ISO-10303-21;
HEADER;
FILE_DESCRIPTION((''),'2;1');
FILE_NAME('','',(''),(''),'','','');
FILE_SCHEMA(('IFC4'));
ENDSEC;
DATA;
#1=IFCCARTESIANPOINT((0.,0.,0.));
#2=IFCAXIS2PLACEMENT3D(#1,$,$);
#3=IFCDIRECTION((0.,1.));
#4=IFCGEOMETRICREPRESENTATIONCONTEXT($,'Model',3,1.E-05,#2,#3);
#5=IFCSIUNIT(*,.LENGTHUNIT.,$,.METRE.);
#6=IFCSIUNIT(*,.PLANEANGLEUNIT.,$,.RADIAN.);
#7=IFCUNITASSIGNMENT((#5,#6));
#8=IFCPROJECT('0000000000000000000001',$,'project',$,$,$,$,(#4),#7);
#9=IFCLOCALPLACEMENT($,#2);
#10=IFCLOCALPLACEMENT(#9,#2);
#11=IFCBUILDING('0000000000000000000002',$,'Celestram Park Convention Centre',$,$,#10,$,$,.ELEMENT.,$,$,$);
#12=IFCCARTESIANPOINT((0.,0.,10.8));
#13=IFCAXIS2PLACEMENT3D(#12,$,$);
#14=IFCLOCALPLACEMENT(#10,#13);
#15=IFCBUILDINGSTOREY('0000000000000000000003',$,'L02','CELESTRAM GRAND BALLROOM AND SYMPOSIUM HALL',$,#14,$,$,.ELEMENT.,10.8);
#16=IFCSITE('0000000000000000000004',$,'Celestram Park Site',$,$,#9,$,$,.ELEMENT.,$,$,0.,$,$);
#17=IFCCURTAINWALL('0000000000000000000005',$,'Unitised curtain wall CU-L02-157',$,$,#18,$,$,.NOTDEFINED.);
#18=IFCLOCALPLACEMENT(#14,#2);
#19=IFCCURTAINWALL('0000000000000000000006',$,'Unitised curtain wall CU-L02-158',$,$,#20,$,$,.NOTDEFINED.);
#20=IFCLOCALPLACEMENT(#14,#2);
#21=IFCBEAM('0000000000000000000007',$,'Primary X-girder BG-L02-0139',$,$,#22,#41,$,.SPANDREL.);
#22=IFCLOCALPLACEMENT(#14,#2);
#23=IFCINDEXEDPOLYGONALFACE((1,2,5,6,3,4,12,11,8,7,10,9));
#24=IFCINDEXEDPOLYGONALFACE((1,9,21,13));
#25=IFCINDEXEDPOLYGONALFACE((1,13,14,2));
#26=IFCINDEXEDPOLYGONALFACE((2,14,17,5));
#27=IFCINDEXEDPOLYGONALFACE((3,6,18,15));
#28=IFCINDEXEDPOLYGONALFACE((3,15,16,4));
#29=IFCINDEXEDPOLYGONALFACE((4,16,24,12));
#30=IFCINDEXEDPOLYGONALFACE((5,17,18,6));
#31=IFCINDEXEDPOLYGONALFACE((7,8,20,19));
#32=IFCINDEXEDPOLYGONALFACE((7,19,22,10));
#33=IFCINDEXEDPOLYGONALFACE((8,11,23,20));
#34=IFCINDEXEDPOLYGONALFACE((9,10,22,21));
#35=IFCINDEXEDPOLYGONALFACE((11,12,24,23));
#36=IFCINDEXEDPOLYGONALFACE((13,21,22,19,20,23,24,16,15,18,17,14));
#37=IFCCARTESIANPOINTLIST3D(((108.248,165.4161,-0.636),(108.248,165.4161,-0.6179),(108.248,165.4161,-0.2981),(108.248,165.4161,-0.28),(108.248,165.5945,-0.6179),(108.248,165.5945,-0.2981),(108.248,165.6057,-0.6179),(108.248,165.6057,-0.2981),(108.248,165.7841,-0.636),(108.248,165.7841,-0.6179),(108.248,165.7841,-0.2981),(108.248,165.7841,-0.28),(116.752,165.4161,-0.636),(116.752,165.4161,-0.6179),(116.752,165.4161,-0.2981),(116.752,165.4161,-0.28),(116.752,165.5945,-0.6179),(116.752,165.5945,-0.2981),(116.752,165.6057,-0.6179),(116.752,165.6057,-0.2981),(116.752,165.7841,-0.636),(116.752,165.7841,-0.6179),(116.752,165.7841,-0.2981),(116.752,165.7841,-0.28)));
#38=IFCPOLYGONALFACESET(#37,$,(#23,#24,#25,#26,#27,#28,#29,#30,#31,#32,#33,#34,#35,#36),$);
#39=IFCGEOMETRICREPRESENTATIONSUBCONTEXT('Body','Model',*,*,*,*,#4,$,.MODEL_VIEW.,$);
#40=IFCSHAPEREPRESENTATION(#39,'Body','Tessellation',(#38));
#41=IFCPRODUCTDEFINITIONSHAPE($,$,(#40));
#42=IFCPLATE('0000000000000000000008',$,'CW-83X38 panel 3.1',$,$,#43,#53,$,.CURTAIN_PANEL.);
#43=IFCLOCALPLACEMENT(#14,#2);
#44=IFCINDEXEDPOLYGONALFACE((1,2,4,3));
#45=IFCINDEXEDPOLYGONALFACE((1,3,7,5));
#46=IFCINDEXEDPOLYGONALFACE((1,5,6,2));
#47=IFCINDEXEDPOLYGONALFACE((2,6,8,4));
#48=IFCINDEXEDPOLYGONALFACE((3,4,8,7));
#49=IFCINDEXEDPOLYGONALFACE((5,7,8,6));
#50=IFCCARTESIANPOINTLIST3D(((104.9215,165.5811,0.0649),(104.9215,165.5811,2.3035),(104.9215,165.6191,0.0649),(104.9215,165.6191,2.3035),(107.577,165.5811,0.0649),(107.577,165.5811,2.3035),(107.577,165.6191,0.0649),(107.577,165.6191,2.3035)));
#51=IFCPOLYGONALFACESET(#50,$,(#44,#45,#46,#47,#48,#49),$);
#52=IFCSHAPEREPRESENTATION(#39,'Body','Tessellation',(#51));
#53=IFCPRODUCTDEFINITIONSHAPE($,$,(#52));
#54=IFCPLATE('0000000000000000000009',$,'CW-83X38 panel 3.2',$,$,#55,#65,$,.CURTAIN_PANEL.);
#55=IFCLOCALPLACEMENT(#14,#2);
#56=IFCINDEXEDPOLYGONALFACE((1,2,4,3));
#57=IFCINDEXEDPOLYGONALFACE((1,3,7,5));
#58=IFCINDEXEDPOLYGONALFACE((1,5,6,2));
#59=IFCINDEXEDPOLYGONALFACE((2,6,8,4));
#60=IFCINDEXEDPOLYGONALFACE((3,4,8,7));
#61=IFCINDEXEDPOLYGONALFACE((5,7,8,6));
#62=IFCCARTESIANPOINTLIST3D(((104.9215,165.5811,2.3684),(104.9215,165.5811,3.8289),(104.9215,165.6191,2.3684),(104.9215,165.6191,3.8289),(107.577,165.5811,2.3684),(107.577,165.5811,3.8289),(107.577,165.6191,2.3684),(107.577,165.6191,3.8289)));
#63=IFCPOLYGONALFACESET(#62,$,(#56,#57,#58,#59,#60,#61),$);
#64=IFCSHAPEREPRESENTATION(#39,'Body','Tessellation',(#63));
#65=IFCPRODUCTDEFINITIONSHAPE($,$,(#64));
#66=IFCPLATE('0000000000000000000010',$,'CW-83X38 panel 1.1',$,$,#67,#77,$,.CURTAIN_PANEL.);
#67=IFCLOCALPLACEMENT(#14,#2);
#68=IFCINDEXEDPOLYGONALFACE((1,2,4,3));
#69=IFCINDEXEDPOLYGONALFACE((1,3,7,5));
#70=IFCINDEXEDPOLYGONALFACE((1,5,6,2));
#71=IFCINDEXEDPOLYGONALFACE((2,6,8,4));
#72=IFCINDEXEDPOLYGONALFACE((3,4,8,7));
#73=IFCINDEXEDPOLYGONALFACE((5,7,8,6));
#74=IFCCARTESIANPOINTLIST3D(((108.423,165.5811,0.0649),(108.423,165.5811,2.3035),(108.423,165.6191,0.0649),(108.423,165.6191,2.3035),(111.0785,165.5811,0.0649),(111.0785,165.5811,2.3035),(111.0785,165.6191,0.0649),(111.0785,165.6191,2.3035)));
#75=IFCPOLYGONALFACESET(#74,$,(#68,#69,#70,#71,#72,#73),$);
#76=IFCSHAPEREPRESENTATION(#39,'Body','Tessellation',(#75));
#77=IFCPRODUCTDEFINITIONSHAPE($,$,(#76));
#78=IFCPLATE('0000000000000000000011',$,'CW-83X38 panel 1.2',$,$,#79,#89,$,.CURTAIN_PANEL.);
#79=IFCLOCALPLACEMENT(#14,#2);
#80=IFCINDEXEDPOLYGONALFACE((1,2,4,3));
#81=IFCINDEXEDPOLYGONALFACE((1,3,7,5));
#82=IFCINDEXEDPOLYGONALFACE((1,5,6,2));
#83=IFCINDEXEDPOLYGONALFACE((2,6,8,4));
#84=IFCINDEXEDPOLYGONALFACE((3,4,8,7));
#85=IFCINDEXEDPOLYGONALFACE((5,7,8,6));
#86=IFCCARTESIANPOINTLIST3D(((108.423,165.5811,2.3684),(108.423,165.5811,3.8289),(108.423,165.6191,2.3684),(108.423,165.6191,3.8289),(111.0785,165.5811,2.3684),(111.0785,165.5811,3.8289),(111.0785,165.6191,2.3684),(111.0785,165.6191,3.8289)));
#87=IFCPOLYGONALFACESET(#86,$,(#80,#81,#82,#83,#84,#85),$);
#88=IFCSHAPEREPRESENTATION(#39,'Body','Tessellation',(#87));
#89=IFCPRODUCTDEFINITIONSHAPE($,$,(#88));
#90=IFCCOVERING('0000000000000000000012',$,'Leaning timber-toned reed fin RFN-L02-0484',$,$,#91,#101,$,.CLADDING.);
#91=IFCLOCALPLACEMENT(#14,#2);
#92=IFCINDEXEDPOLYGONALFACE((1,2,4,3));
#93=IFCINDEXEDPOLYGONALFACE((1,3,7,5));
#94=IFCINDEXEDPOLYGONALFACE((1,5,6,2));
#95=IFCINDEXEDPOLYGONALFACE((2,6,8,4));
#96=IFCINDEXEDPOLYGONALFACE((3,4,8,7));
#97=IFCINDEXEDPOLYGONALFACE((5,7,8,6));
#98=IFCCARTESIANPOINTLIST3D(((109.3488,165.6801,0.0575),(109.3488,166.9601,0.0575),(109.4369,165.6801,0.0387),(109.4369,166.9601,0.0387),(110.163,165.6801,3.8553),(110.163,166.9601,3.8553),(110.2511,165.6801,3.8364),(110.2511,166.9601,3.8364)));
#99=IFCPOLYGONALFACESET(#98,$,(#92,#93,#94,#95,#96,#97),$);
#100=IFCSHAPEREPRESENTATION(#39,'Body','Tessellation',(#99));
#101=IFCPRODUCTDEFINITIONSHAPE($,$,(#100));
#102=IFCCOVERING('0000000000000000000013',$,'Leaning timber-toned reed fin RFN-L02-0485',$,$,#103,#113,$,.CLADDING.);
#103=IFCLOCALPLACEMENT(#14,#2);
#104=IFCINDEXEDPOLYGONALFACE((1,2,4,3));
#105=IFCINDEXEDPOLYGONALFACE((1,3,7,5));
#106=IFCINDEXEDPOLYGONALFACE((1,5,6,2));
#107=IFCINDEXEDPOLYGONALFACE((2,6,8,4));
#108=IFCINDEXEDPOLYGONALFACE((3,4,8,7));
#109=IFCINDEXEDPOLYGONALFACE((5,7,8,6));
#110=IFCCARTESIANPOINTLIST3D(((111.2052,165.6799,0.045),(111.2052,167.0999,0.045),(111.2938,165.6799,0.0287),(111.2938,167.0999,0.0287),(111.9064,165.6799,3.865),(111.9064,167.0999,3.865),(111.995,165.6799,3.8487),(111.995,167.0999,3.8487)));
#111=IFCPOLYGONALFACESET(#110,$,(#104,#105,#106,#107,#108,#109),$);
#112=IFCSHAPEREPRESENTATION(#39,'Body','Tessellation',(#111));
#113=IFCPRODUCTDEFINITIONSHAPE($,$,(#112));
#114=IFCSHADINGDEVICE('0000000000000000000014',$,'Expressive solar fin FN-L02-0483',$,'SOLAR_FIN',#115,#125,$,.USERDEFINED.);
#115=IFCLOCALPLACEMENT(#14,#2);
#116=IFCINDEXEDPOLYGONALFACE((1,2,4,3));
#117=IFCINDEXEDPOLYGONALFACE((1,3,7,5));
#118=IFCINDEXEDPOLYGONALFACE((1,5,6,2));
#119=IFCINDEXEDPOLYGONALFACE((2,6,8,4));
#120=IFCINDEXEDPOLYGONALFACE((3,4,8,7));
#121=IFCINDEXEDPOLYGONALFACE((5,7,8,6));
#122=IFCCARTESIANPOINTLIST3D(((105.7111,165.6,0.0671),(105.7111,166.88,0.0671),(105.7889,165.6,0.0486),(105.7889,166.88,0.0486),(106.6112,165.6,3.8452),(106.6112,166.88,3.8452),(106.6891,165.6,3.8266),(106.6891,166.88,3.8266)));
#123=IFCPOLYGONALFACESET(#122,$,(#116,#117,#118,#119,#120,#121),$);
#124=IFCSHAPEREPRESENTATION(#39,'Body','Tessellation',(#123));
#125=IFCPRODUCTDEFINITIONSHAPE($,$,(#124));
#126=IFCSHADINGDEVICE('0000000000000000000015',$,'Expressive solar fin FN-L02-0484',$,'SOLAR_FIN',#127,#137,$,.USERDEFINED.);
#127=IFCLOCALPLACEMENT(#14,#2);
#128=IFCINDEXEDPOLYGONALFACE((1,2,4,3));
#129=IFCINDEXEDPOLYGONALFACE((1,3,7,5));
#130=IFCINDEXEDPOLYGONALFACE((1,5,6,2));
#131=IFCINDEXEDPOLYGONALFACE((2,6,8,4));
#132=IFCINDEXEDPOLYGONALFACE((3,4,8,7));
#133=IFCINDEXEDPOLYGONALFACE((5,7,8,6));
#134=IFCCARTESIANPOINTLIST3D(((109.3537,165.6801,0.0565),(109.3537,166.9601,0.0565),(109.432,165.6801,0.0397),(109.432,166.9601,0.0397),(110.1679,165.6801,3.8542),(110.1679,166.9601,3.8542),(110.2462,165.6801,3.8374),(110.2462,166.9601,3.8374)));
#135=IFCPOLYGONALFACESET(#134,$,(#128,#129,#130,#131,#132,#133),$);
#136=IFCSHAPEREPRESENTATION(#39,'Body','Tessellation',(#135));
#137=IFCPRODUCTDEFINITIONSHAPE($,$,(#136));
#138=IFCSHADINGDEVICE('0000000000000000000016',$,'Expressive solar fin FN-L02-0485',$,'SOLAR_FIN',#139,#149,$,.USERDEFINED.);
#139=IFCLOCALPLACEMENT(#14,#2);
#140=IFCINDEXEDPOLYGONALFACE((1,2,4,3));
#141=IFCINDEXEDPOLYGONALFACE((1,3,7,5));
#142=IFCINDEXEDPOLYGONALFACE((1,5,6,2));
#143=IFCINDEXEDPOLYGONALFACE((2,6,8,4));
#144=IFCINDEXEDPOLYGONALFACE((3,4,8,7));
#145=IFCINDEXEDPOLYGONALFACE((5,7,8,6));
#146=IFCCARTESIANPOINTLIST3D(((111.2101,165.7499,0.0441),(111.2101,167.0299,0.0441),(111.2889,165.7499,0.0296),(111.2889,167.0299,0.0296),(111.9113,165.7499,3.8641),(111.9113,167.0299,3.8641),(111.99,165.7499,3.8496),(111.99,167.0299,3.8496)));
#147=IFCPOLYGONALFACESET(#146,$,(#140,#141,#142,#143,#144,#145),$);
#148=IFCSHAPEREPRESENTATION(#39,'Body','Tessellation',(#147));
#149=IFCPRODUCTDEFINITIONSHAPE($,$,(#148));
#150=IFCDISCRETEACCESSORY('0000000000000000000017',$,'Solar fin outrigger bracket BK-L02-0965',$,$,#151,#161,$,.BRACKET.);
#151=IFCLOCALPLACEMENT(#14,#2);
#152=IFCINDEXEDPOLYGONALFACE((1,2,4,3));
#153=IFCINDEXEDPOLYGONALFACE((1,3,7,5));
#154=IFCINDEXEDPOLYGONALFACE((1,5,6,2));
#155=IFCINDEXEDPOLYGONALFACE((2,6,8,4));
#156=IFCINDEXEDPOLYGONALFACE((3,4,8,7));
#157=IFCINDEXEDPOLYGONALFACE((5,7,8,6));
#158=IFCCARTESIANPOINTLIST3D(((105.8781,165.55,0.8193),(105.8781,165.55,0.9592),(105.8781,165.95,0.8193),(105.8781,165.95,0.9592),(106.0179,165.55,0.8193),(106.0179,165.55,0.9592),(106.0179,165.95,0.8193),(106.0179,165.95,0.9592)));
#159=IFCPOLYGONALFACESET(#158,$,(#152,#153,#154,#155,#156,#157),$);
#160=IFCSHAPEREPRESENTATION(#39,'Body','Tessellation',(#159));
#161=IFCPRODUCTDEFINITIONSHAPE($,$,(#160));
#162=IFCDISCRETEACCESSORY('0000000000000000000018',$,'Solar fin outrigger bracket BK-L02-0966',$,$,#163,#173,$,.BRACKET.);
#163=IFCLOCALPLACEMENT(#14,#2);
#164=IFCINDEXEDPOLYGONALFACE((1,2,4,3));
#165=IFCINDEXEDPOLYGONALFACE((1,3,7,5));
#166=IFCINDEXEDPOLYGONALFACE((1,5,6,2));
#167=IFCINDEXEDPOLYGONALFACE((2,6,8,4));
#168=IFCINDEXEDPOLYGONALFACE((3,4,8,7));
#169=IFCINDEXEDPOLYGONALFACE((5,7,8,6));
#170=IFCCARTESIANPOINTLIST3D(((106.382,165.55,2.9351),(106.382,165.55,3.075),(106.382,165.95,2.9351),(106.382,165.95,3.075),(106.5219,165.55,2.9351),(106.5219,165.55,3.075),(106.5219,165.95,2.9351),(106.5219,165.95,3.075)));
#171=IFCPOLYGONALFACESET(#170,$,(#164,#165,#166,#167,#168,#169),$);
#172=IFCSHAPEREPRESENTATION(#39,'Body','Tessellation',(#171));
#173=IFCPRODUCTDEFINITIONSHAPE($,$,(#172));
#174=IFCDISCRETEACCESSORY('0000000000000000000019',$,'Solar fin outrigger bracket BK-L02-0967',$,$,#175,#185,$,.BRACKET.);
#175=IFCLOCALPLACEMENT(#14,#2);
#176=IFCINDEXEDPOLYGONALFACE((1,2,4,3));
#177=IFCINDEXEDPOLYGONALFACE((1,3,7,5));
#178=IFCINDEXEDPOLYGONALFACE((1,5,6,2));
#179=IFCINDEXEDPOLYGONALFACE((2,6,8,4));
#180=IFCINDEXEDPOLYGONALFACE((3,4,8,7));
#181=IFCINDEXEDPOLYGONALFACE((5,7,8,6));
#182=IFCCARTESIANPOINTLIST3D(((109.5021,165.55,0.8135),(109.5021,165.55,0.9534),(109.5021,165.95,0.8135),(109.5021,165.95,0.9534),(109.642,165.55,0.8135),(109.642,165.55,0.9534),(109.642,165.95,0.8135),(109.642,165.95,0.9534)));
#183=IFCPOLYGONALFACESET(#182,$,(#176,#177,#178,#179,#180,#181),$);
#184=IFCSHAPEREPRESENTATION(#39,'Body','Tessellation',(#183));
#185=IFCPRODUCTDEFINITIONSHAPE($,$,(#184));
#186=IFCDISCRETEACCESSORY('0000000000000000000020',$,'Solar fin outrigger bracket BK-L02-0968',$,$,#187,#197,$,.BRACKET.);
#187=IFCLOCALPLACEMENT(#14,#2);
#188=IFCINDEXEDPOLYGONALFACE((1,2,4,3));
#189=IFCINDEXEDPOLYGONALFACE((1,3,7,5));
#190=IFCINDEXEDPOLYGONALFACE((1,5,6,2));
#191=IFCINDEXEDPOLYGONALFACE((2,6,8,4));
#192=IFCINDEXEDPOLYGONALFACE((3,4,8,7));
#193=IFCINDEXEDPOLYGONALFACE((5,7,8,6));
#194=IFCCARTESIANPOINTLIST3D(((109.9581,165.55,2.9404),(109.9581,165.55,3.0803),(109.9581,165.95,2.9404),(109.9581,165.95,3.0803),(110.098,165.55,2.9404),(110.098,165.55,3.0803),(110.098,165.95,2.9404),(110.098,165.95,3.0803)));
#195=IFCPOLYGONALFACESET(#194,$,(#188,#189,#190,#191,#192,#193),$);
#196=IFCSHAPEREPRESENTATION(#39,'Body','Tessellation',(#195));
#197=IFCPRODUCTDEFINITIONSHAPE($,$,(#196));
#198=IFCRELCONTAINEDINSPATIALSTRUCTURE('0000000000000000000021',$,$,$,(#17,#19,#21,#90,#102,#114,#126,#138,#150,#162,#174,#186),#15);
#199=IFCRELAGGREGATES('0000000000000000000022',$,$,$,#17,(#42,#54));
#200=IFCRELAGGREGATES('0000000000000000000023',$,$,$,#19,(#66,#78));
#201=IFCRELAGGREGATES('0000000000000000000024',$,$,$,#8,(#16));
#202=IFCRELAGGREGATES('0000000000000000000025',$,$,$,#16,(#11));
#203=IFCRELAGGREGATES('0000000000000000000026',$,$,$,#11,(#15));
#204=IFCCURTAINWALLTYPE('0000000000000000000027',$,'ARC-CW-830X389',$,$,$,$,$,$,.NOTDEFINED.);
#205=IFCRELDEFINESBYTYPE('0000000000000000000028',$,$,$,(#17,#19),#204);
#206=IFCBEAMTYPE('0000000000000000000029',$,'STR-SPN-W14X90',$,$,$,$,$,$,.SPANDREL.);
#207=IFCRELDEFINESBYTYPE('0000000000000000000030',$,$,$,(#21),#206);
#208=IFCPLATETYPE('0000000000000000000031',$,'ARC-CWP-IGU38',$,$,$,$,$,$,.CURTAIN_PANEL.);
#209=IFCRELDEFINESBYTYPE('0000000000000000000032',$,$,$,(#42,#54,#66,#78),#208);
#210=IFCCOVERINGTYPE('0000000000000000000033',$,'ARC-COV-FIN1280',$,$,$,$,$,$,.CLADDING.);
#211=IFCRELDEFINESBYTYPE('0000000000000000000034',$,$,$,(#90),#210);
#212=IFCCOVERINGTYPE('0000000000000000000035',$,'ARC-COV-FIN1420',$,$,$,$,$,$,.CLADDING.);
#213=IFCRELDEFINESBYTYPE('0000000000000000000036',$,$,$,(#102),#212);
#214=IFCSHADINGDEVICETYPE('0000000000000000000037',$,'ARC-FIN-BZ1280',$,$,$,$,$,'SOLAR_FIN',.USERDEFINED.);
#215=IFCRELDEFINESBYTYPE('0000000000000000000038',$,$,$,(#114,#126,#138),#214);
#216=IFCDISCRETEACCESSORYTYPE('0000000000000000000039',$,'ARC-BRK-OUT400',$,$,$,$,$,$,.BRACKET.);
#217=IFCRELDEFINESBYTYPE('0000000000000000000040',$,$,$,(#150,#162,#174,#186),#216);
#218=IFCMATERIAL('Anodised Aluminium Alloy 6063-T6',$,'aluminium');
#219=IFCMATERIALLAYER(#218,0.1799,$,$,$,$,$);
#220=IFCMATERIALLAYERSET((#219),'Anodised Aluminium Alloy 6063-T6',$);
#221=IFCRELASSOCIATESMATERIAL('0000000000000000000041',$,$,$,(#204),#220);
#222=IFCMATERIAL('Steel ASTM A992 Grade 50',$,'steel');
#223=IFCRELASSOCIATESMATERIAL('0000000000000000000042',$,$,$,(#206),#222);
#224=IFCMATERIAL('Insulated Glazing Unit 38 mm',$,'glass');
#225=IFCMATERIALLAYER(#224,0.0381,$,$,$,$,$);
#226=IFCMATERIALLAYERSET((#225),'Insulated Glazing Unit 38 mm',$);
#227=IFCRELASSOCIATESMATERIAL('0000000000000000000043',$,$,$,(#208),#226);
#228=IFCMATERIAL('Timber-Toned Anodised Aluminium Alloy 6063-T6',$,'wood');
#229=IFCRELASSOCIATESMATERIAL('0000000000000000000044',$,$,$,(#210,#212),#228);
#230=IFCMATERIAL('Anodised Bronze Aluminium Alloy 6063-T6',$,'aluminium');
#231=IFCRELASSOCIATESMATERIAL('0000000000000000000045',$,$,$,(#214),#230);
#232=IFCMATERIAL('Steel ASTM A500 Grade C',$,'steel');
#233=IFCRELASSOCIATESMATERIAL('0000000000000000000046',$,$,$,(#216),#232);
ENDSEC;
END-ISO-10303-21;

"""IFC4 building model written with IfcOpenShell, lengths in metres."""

from ifc_helpers import new_model, si_unit, direction, frame, origin, origin_2d, place, context, subcontext, project, spatial, rectangle, i_section, extrude, material, layer, layer_set, material_profile, profile_set, type_object, element, aggregate, save


model = new_model("IFC4")

# Units and contexts
model_context = context("Model", 3, precision=1e-05, world=origin(), true_north=direction((0.0, 1.0)))
body_context = subcontext(model_context, "Body", "Model", "MODEL_VIEW")
ifc_project = project(units=[si_unit("LENGTHUNIT", "METRE"), si_unit("PLANEANGLEUNIT", "RADIAN")], contexts=[model_context])

# Site, building, storey
site_placement = place(None, origin())
site = spatial("IfcSite", under=ifc_project, at=site_placement, Name="Celestram Park Site", CompositionType="ELEMENT", RefElevation=0.0)
building_placement = place(site_placement, origin())
building = spatial("IfcBuilding", under=site, at=building_placement, Name="Celestram Park Convention Centre", CompositionType="ELEMENT")
storey_placement = place(building_placement, frame((0.0, 0.0, 10.8)))
storey = spatial("IfcBuildingStorey", under=building, at=storey_placement, Name="L02", Description="CELESTRAM GRAND BALLROOM AND SYMPOSIUM HALL", CompositionType="ELEMENT", Elevation=10.8)

# Curtain wall
ifc_material_1 = material(Name="Anodised Aluminium Alloy 6063-T6", Category="aluminium")
ifc_layer_1 = layer(ifc_material_1, 0.1799)
ifc_layer_set_1 = layer_set([ifc_layer_1], Name="Anodised Aluminium Alloy 6063-T6")
curtain_wall_type = type_object("IfcCurtainWallType", Name="ARC-CW-830X389", PredefinedType="NOTDEFINED", material=ifc_layer_set_1)
curtain_wall_1_placement = place(storey_placement, origin())
curtain_wall_1 = element("IfcCurtainWall", 1, at=curtain_wall_1_placement, inside=storey, type_object=curtain_wall_type, Name="Unitised curtain wall CU-L02-157", PredefinedType="NOTDEFINED")

# Curtain wall
curtain_wall_2_placement = place(storey_placement, origin())
curtain_wall_2 = element("IfcCurtainWall", 2, at=curtain_wall_2_placement, inside=storey, type_object=curtain_wall_type, Name="Unitised curtain wall CU-L02-158", PredefinedType="NOTDEFINED")

# Beam
ifc_material_2 = material(Name="Steel ASTM A992 Grade 50", Category="steel")
ifc_material_profile_1 = material_profile(ifc_material_2, i_section(OverallWidth=0.3679, OverallDepth=0.356, WebThickness=0.0112, FlangeThickness=0.0181, at=origin_2d()), Name="W14X90")
ifc_profile_set_1 = profile_set([ifc_material_profile_1], Name="Steel ASTM A992 Grade 50")
beam_type = type_object("IfcBeamType", Name="STR-SPN-W14X90", PredefinedType="SPANDREL", material=ifc_profile_set_1)
beam_placement = place(storey_placement, frame((108.248, 165.6001, -0.458), z_axis=(1.0, 0.0, 0.0), x_axis=(0.0, 1.0, 0.0)))
element("IfcBeam", 3, at=beam_placement, inside=storey, type_object=beam_type, Name="Primary X-girder BG-L02-0139", PredefinedType="SPANDREL", context=body_context, shape_type="SweptSolid", body=[
    extrude(i_section(OverallWidth=0.3679, OverallDepth=0.356, WebThickness=0.0112, FlangeThickness=0.0181, at=origin_2d()), origin(), (0.0, 0.0, 1.0), 8.5039),
])

# Plates
ifc_material_3 = material(Name="Insulated Glazing Unit 38 mm", Category="glass")
ifc_layer_2 = layer(ifc_material_3, 0.0381)
ifc_layer_set_2 = layer_set([ifc_layer_2], Name="Insulated Glazing Unit 38 mm")
plate_type = type_object("IfcPlateType", Name="ARC-CWP-IGU38", PredefinedType="CURTAIN_PANEL", material=ifc_layer_set_2)
plate_1_placement = place(storey_placement, frame((106.2493, 165.6001, 0.0649), z_axis=(0.0, 0.0, 1.0), x_axis=(1.0, 0.0, 0.0)))
plate_1 = element("IfcPlate", 4, at=plate_1_placement, type_object=plate_type, Name="CW-83X38 panel 3.1", PredefinedType="CURTAIN_PANEL", context=body_context, shape_type="SweptSolid", body=[
    extrude(rectangle(XDim=2.6555, YDim=0.0381, at=origin_2d()), origin(), (0.0, 0.0, 1.0), 2.2385),
])
plate_2_placement = place(storey_placement, frame((106.2493, 165.6001, 2.3684), z_axis=(0.0, 0.0, 1.0), x_axis=(1.0, 0.0, 0.0)))
plate_2 = element("IfcPlate", 5, at=plate_2_placement, type_object=plate_type, Name="CW-83X38 panel 3.2", PredefinedType="CURTAIN_PANEL", context=body_context, shape_type="SweptSolid", body=[
    extrude(rectangle(XDim=2.6555, YDim=0.0381, at=origin_2d()), origin(), (0.0, 0.0, 1.0), 1.4604),
])
aggregate(curtain_wall_1, [plate_1, plate_2])
plate_3_placement = place(storey_placement, frame((109.7507, 165.6001, 0.0649), z_axis=(0.0, 0.0, 1.0), x_axis=(1.0, 0.0, 0.0)))
plate_3 = element("IfcPlate", 6, at=plate_3_placement, type_object=plate_type, Name="CW-83X38 panel 1.1", PredefinedType="CURTAIN_PANEL", context=body_context, shape_type="SweptSolid", body=[
    extrude(rectangle(XDim=2.6555, YDim=0.0381, at=origin_2d()), origin(), (0.0, 0.0, 1.0), 2.2385),
])
plate_4_placement = place(storey_placement, frame((109.7507, 165.6001, 2.3684), z_axis=(0.0, 0.0, 1.0), x_axis=(1.0, 0.0, 0.0)))
plate_4 = element("IfcPlate", 7, at=plate_4_placement, type_object=plate_type, Name="CW-83X38 panel 1.2", PredefinedType="CURTAIN_PANEL", context=body_context, shape_type="SweptSolid", body=[
    extrude(rectangle(XDim=2.6555, YDim=0.0381, at=origin_2d()), origin(), (0.0, 0.0, 1.0), 1.4604),
])
aggregate(curtain_wall_2, [plate_3, plate_4])

# Coverings
ifc_material_4 = material(Name="Timber-Toned Anodised Aluminium Alloy 6063-T6", Category="wood")
ifc_material_profile_2 = material_profile(ifc_material_4, rectangle(XDim=1.28, YDim=0.0901, at=origin_2d()), Name="REED1280X90")
ifc_profile_set_2 = profile_set([ifc_material_profile_2], Name="Timber-Toned Anodised Aluminium Alloy 6063-T6")
covering_type_1 = type_object("IfcCoveringType", Name="ARC-COV-FIN1280", PredefinedType="CLADDING", material=ifc_profile_set_2)
covering_1_placement = place(storey_placement, frame((109.3928, 166.3201, 0.0481), z_axis=(0.209624, 0.0, 0.977782), x_axis=(0.0, 1.0, 0.0)))
element("IfcCovering", 8, at=covering_1_placement, inside=storey, type_object=covering_type_1, Name="Leaning timber-toned reed fin RFN-L02-0484", PredefinedType="CLADDING", context=body_context, shape_type="SweptSolid", body=[
    extrude(rectangle(XDim=1.28, YDim=0.0901, at=origin_2d()), origin(), (0.0, 0.0, 1.0), 3.884),
])
ifc_material_profile_3 = material_profile(ifc_material_4, rectangle(XDim=1.4199, YDim=0.0901, at=origin_2d()), Name="REED1420X90")
ifc_profile_set_3 = profile_set([ifc_material_profile_3], Name="Timber-Toned Anodised Aluminium Alloy 6063-T6")
covering_type_2 = type_object("IfcCoveringType", Name="ARC-COV-FIN1420", PredefinedType="CLADDING", material=ifc_profile_set_3)
covering_2_placement = place(storey_placement, frame((111.2495, 166.3899, 0.0369), z_axis=(0.180534, 0.0, 0.983569), x_axis=(0.0, 1.0, 0.0)))
element("IfcCovering", 9, at=covering_2_placement, inside=storey, type_object=covering_type_2, Name="Leaning timber-toned reed fin RFN-L02-0485", PredefinedType="CLADDING", context=body_context, shape_type="SweptSolid", body=[
    extrude(rectangle(XDim=1.4199, YDim=0.0901, at=origin_2d()), origin(), (0.0, 0.0, 1.0), 3.8838),
])

# Shading devices
ifc_material_5 = material(Name="Anodised Bronze Aluminium Alloy 6063-T6", Category="aluminium")
ifc_material_profile_4 = material_profile(ifc_material_5, rectangle(XDim=1.28, YDim=0.0801, at=origin_2d()), Name="FIN1280X80")
ifc_profile_set_4 = profile_set([ifc_material_profile_4], Name="Anodised Bronze Aluminium Alloy 6063-T6")
shading_device_type = type_object("IfcShadingDeviceType", Name="ARC-FIN-BZ1280", ElementType="SOLAR_FIN", PredefinedType="USERDEFINED", material=ifc_profile_set_4)
shading_device_1_placement = place(storey_placement, frame((105.75, 166.24, 0.0579), z_axis=(0.231768, 0.0, 0.972771), x_axis=(0.0, 1.0, 0.0)))
element("IfcShadingDevice", 10, at=shading_device_1_placement, inside=storey, type_object=shading_device_type, Name="Expressive solar fin FN-L02-0483", ObjectType="SOLAR_FIN", PredefinedType="USERDEFINED", context=body_context, shape_type="SweptSolid", body=[
    extrude(rectangle(XDim=1.28, YDim=0.0801, at=origin_2d()), origin(), (0.0, 0.0, 1.0), 3.8838),
])
shading_device_2_placement = place(storey_placement, frame((109.3928, 166.3201, 0.0481), z_axis=(0.209624, 0.0, 0.977782), x_axis=(0.0, 1.0, 0.0)))
element("IfcShadingDevice", 11, at=shading_device_2_placement, inside=storey, type_object=shading_device_type, Name="Expressive solar fin FN-L02-0484", ObjectType="SOLAR_FIN", PredefinedType="USERDEFINED", context=body_context, shape_type="SweptSolid", body=[
    extrude(rectangle(XDim=1.28, YDim=0.0801, at=origin_2d()), origin(), (0.0, 0.0, 1.0), 3.884),
])
shading_device_3_placement = place(storey_placement, frame((111.2495, 166.3899, 0.0369), z_axis=(0.180534, 0.0, 0.983569), x_axis=(0.0, 1.0, 0.0)))
element("IfcShadingDevice", 12, at=shading_device_3_placement, inside=storey, type_object=shading_device_type, Name="Expressive solar fin FN-L02-0485", ObjectType="SOLAR_FIN", PredefinedType="USERDEFINED", context=body_context, shape_type="SweptSolid", body=[
    extrude(rectangle(XDim=1.28, YDim=0.0801, at=origin_2d()), origin(), (0.0, 0.0, 1.0), 3.8838),
])

# Discrete accessories
ifc_material_6 = material(Name="Steel ASTM A500 Grade C", Category="steel")
discrete_accessory_type = type_object("IfcDiscreteAccessoryType", Name="ARC-BRK-OUT400", PredefinedType="BRACKET", material=ifc_material_6)
for number, where, z_axis, x_axis, name in (
    (13, (105.948, 165.75, 0.8193), (0.0, 0.0, 1.0), (0.0, 1.0, 0.0), "Solar fin outrigger bracket BK-L02-0965"),
    (14, (106.4519, 165.75, 2.9351), (0.0, 0.0, 1.0), (0.0, 1.0, 0.0), "Solar fin outrigger bracket BK-L02-0966"),
    (15, (109.572, 165.75, 0.8135), (0.0, 0.0, 1.0), (0.0, 1.0, 0.0), "Solar fin outrigger bracket BK-L02-0967"),
    (16, (110.0281, 165.75, 2.9404), (0.0, 0.0, 1.0), (0.0, 1.0, 0.0), "Solar fin outrigger bracket BK-L02-0968"),
):
    element("IfcDiscreteAccessory", number, at=place(storey_placement, frame(where, z_axis=z_axis, x_axis=x_axis)), inside=storey, type_object=discrete_accessory_type, Name=name, PredefinedType="BRACKET", context=body_context, shape_type="SweptSolid", body=[
        extrude(rectangle(XDim=0.3999, YDim=0.1399, at=origin_2d()), origin(), (0.0, 0.0, 1.0), 0.1399),
    ])

save(model, "model.ifc")
